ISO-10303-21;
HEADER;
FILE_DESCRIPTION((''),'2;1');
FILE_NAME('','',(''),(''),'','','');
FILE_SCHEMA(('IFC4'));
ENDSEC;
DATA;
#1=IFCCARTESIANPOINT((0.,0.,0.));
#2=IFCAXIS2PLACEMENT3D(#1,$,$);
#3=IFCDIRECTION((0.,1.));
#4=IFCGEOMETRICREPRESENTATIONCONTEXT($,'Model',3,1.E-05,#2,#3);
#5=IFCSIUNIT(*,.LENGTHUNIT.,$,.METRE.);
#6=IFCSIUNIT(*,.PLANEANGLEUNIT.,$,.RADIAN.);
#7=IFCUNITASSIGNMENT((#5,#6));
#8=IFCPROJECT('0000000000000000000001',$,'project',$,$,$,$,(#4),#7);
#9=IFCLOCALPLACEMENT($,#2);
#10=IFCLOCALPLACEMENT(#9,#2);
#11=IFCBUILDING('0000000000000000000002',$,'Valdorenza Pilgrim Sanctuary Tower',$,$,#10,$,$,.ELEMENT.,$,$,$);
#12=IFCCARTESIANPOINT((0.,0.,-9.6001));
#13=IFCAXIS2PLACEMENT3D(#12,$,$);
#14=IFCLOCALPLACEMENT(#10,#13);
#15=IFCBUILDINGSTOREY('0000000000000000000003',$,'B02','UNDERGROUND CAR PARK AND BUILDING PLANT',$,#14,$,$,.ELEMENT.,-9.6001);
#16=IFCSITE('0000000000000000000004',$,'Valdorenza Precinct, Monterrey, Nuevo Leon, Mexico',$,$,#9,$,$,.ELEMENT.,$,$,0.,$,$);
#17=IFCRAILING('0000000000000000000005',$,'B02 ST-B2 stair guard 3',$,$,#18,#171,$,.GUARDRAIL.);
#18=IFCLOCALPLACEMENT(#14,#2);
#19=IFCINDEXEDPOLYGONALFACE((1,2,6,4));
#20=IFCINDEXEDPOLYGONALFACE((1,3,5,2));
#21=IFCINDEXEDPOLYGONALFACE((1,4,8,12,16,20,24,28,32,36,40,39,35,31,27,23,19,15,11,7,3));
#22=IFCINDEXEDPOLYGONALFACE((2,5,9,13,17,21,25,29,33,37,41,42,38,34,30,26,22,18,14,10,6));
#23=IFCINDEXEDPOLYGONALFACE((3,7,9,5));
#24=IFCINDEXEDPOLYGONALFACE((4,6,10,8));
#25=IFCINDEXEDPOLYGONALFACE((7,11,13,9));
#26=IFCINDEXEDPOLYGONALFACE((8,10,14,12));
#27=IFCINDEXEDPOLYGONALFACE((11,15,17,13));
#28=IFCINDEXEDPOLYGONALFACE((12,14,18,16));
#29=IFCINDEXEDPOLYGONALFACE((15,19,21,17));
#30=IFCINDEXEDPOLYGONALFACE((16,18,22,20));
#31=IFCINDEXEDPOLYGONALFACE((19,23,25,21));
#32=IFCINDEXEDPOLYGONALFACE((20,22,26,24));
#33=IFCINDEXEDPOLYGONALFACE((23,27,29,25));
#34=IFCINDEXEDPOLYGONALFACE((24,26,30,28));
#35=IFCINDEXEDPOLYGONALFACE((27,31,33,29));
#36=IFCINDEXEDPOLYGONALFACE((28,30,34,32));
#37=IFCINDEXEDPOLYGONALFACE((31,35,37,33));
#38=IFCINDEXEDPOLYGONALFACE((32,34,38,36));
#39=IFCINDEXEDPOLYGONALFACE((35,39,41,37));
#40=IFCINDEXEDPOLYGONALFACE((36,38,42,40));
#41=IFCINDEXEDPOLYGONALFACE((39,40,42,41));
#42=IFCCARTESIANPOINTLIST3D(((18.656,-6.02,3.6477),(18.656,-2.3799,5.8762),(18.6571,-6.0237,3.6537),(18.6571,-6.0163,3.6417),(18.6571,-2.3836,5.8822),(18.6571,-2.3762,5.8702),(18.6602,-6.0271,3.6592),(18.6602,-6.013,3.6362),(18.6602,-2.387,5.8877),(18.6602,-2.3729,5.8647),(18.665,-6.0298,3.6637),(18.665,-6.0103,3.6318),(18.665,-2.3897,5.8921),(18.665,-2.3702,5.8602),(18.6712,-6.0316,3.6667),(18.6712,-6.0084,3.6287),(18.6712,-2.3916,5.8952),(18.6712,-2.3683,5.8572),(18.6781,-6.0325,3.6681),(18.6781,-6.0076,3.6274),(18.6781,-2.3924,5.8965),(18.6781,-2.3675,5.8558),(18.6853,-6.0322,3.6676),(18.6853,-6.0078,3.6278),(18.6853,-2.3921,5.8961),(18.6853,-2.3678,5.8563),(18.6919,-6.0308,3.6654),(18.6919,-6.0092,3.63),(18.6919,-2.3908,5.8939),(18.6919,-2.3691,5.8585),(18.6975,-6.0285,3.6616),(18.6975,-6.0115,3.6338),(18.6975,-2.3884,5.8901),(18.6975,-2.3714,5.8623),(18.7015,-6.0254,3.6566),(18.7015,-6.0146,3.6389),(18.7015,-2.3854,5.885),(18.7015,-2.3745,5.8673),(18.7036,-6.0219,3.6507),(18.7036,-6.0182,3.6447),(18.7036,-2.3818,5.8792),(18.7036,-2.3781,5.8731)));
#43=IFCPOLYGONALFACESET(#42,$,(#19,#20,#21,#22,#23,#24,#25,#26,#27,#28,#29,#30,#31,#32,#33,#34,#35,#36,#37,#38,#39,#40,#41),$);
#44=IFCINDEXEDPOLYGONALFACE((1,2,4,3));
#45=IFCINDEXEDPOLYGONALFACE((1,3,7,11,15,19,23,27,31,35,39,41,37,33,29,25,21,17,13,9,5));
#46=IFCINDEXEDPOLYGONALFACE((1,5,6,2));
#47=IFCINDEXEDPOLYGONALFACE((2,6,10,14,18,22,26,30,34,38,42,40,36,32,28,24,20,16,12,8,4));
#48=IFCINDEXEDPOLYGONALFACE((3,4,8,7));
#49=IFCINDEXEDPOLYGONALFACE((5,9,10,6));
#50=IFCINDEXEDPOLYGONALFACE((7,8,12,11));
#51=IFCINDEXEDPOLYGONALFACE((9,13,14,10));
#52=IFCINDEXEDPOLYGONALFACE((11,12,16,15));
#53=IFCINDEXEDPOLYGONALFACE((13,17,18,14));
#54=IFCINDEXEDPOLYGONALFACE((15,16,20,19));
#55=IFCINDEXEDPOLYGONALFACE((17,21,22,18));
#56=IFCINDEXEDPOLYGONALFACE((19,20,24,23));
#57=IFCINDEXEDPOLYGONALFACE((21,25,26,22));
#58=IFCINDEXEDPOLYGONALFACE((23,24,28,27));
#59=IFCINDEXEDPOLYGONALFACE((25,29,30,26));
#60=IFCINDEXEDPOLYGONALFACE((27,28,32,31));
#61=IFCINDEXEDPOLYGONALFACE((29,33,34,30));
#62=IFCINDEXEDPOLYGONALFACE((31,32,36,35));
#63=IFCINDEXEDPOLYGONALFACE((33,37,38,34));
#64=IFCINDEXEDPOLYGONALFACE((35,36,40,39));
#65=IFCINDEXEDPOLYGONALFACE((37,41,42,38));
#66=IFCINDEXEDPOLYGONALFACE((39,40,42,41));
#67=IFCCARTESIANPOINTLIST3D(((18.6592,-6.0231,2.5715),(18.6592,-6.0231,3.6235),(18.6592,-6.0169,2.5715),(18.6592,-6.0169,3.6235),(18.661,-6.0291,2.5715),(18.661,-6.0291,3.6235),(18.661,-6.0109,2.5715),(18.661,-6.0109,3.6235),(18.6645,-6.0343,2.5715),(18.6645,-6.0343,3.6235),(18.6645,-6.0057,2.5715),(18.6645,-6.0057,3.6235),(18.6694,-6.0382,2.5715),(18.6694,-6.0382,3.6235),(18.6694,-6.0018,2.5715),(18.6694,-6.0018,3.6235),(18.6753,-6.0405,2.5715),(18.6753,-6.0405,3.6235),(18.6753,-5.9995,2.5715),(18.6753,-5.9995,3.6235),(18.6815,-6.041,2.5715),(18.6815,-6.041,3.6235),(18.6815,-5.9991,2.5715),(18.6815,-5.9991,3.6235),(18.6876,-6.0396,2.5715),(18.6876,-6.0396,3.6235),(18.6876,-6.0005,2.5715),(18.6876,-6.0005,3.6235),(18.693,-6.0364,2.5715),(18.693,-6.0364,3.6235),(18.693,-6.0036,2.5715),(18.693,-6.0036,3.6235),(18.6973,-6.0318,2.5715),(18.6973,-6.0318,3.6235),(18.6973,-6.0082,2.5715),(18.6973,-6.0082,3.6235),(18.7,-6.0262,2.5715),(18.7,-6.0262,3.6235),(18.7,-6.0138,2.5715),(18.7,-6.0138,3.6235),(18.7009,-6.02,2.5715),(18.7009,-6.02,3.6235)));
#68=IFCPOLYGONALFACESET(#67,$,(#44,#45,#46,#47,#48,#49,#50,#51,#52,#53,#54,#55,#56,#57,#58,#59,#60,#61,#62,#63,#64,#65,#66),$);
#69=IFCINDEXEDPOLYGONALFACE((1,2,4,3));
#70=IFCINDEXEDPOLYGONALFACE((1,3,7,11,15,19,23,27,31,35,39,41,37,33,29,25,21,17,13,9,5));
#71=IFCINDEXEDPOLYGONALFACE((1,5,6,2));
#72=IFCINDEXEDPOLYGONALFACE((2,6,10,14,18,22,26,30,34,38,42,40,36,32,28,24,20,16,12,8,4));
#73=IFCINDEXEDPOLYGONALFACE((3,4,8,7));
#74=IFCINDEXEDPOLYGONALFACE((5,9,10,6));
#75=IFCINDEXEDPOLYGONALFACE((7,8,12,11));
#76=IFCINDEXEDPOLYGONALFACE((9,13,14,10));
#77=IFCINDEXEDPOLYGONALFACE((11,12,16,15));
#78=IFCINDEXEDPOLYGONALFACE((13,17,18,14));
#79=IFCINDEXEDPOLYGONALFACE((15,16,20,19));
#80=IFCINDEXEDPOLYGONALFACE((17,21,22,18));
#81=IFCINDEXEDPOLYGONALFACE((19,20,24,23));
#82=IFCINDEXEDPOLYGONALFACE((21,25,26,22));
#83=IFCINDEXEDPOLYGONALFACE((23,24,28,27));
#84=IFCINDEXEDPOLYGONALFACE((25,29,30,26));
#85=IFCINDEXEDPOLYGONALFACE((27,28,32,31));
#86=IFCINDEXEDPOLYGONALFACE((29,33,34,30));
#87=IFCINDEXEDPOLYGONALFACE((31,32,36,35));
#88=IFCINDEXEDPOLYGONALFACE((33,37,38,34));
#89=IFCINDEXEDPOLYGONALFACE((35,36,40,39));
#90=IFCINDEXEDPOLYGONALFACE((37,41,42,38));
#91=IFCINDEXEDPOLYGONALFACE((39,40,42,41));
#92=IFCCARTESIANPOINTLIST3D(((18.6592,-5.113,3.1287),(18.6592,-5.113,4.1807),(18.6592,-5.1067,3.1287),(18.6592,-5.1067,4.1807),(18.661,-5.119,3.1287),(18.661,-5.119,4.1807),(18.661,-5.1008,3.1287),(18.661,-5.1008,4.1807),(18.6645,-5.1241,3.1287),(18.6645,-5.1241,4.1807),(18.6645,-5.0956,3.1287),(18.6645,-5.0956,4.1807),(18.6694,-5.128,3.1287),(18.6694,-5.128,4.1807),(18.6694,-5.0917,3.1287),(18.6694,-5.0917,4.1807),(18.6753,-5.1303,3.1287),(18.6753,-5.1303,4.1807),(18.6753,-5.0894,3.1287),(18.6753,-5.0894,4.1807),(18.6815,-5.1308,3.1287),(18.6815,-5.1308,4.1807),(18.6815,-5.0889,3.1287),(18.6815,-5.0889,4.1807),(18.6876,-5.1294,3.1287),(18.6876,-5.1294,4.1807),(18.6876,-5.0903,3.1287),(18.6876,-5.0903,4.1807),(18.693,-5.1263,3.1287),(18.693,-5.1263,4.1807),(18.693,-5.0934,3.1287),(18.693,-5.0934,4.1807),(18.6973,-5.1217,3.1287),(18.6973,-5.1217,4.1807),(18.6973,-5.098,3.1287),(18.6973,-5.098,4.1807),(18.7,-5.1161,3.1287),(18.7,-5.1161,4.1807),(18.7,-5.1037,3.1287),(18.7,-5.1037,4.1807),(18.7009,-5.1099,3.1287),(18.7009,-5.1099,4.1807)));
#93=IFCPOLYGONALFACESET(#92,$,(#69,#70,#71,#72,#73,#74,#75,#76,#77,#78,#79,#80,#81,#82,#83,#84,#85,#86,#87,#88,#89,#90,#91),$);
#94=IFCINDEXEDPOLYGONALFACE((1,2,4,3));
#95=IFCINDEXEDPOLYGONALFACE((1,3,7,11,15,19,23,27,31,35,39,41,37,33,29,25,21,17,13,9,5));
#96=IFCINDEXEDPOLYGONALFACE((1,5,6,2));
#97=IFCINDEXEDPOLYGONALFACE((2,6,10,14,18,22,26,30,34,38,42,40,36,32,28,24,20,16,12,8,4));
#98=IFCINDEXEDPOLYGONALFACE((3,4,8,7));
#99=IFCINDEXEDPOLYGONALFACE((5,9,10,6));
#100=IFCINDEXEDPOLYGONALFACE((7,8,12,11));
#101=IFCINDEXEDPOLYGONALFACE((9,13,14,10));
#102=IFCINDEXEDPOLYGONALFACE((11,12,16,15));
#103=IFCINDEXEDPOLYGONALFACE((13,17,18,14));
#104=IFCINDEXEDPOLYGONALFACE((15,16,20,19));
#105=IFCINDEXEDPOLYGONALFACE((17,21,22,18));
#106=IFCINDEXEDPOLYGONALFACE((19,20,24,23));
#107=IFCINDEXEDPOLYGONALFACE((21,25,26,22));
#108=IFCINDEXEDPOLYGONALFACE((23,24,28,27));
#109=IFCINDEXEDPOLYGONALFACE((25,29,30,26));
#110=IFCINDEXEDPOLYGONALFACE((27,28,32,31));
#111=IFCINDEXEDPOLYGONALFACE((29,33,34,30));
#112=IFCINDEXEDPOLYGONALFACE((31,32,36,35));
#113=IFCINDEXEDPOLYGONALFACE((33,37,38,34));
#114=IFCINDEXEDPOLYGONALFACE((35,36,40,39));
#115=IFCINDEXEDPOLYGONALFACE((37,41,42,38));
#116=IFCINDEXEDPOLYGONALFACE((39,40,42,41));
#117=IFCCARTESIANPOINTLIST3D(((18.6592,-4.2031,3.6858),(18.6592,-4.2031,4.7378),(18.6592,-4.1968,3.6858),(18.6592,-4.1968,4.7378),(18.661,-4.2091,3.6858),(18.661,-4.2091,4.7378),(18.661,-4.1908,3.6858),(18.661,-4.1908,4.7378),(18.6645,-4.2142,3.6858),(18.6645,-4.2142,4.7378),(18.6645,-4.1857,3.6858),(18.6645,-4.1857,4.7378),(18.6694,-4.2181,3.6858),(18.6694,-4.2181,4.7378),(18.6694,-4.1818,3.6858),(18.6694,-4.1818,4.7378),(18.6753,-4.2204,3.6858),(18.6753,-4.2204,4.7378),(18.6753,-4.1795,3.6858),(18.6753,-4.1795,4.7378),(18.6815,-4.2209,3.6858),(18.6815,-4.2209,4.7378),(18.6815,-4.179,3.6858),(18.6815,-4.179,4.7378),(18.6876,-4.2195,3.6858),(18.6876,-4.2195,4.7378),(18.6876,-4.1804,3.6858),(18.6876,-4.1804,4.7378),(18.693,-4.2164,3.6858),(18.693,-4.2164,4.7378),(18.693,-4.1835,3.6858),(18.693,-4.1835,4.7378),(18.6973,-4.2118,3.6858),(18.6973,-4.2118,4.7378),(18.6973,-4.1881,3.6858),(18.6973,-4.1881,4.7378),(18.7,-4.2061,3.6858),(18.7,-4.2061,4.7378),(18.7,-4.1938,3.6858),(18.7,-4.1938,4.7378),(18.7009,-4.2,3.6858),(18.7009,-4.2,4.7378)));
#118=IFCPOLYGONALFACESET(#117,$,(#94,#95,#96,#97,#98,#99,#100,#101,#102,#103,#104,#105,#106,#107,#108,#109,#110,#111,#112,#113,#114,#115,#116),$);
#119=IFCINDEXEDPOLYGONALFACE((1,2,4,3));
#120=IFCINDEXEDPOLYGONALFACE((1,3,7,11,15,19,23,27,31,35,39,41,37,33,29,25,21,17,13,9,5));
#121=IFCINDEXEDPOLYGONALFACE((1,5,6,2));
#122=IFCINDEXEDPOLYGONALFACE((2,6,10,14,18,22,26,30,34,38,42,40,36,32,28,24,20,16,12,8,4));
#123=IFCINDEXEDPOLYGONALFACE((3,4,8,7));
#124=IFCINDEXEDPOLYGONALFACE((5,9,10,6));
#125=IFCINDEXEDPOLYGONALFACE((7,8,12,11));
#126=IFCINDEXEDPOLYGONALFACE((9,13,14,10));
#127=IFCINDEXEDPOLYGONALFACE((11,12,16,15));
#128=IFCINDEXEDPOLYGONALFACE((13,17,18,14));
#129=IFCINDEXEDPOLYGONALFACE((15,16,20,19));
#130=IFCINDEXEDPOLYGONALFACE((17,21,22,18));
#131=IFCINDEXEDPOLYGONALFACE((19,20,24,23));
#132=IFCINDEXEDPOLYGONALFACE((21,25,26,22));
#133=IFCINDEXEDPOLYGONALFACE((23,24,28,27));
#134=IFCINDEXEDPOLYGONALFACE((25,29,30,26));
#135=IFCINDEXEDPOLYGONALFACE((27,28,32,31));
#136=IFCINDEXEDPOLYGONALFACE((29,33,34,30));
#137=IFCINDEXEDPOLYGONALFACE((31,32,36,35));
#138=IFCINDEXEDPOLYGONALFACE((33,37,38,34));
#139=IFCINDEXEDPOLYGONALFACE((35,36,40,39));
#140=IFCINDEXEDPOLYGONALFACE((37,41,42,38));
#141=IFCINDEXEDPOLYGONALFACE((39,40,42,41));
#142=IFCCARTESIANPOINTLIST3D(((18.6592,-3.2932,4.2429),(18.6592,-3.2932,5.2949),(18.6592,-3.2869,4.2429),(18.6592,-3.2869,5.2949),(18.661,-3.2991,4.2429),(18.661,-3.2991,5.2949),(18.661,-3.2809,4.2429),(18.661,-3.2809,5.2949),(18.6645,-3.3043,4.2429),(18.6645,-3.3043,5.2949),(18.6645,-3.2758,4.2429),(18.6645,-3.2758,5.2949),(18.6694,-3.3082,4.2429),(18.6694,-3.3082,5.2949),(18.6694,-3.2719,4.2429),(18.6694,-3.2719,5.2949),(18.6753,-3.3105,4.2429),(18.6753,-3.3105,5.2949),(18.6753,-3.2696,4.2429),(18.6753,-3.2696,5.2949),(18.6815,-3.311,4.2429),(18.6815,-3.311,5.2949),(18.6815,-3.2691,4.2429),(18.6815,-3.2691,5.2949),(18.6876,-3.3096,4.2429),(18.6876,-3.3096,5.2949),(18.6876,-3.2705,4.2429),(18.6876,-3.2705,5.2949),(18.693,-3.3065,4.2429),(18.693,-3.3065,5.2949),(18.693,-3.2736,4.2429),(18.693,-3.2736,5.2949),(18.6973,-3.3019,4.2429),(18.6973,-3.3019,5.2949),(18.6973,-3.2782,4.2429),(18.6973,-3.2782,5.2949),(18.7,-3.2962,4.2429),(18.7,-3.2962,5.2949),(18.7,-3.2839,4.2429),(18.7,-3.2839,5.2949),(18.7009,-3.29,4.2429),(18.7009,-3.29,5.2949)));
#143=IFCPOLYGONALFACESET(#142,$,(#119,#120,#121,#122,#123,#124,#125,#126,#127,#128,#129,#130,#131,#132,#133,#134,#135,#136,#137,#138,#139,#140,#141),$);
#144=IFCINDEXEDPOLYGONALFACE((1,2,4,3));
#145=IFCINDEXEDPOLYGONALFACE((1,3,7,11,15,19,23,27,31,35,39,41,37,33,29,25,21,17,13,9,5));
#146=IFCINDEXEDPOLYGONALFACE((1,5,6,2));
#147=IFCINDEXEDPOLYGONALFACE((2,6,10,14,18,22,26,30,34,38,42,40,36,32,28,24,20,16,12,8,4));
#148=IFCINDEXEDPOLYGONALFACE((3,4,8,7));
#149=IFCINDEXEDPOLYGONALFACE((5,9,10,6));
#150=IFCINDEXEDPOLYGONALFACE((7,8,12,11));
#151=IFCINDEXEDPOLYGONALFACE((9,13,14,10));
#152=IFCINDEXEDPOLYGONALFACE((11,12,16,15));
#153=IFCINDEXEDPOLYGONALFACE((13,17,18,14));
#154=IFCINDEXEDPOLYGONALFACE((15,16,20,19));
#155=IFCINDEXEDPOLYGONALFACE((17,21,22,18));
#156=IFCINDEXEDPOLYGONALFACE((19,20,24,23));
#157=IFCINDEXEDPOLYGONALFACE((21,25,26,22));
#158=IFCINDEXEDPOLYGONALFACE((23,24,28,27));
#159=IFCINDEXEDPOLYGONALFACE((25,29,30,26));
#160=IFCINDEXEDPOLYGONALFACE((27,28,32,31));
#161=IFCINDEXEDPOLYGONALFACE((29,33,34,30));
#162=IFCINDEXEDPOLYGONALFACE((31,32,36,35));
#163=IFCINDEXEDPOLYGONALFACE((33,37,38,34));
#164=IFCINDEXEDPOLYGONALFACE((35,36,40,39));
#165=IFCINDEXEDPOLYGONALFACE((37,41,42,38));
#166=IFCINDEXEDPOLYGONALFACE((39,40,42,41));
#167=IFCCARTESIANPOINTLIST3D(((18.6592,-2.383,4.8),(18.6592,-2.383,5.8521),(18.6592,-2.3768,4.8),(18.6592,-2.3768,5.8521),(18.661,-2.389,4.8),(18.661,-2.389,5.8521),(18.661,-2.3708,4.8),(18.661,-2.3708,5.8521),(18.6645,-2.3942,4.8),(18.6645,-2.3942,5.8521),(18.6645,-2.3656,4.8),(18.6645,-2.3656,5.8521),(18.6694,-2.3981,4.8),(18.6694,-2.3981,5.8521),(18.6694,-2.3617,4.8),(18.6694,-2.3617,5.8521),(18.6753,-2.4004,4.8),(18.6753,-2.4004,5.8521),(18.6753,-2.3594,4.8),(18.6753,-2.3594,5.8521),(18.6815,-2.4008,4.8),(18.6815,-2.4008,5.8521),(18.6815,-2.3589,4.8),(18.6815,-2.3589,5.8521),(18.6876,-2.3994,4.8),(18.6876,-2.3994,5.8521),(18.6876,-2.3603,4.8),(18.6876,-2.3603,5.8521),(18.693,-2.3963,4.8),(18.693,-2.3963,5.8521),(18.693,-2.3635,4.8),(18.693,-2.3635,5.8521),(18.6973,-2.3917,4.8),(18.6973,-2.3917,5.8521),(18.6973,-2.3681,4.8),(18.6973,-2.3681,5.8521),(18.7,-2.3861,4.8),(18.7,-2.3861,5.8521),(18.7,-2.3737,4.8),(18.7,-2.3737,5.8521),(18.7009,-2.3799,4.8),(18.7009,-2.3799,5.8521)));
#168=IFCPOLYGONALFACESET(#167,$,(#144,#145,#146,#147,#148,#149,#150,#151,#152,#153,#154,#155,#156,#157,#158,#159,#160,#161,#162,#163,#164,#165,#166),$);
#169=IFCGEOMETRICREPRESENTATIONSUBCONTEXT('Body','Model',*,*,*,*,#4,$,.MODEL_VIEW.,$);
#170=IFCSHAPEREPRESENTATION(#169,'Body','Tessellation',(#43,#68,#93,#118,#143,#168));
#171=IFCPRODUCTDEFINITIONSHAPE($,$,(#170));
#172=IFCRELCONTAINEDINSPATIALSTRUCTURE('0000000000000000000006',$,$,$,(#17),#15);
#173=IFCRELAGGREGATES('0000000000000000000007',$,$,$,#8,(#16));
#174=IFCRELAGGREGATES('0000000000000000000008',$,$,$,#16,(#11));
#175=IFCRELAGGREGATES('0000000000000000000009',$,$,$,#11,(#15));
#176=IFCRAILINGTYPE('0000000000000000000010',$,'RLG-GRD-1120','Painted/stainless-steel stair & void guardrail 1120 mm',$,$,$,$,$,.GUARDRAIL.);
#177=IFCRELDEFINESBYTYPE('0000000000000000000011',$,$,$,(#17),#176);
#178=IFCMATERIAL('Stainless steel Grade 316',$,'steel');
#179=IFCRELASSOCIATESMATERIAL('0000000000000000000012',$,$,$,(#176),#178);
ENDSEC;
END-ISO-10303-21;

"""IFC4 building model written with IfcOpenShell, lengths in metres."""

from ifc_helpers import new_model, si_unit, direction, frame, origin, origin_2d, place, context, subcontext, project, spatial, circle, extrude, material, type_object, element, save


model = new_model("IFC4")

# Units and contexts
model_context = context("Model", 3, precision=1e-05, world=origin(), true_north=direction((0.0, 1.0)))
body_context = subcontext(model_context, "Body", "Model", "MODEL_VIEW")
ifc_project = project(units=[si_unit("LENGTHUNIT", "METRE"), si_unit("PLANEANGLEUNIT", "RADIAN")], contexts=[model_context])

# Site, building, storey
site_placement = place(None, origin())
site = spatial("IfcSite", under=ifc_project, at=site_placement, Name="Valdorenza Precinct, Monterrey, Nuevo Leon, Mexico", CompositionType="ELEMENT", RefElevation=0.0)
building_placement = place(site_placement, origin())
building = spatial("IfcBuilding", under=site, at=building_placement, Name="Valdorenza Pilgrim Sanctuary Tower", CompositionType="ELEMENT")
storey_placement = place(building_placement, frame((0.0, 0.0, -9.6001)))
storey = spatial("IfcBuildingStorey", under=building, at=storey_placement, Name="B02", Description="UNDERGROUND CAR PARK AND BUILDING PLANT", CompositionType="ELEMENT", Elevation=-9.6001)

# Railing
ifc_material_1 = material(Name="Stainless steel Grade 316", Category="steel")
railing_type_1 = type_object("IfcRailingType", Name="RLG-GRD-1120", Description="Painted/stainless-steel stair & void guardrail 1120 mm", PredefinedType="GUARDRAIL", material=ifc_material_1)
railing_1_placement = place(storey_placement, frame((18.6799, -6.02, 2.5715)))
element("IfcRailing", 1, at=railing_1_placement, inside=storey, type_object=railing_type_1, Name="B02 ST-B2 stair guard 3", PredefinedType="GUARDRAIL", context=body_context, shape_type="SweptSolid", body=[
    extrude(circle(Radius=0.0239, at=origin_2d()), frame((0.0, 0.0, 1.0762), z_axis=(0.0, 0.852866, 0.52213), x_axis=(-1.0, 0.0, 0.0)), (0.0, 0.0, 1.0), 4.2681),
    extrude(circle(Radius=0.021, at=origin_2d()), origin(), (0.0, 0.0, 1.0), 1.052),
    extrude(circle(Radius=0.021, at=origin_2d()), frame((0.0, 0.9102, 0.5571)), (0.0, 0.0, 1.0), 1.052),
    extrude(circle(Radius=0.021, at=origin_2d()), frame((0.0, 1.8201, 1.1143)), (0.0, 0.0, 1.0), 1.052),
    extrude(circle(Radius=0.021, at=origin_2d()), frame((0.0, 2.73, 1.6714)), (0.0, 0.0, 1.0), 1.052),
    extrude(circle(Radius=0.021, at=origin_2d()), frame((0.0, 3.6401, 2.2285)), (0.0, 0.0, 1.0), 1.052),
])

save(model, "model.ifc")
